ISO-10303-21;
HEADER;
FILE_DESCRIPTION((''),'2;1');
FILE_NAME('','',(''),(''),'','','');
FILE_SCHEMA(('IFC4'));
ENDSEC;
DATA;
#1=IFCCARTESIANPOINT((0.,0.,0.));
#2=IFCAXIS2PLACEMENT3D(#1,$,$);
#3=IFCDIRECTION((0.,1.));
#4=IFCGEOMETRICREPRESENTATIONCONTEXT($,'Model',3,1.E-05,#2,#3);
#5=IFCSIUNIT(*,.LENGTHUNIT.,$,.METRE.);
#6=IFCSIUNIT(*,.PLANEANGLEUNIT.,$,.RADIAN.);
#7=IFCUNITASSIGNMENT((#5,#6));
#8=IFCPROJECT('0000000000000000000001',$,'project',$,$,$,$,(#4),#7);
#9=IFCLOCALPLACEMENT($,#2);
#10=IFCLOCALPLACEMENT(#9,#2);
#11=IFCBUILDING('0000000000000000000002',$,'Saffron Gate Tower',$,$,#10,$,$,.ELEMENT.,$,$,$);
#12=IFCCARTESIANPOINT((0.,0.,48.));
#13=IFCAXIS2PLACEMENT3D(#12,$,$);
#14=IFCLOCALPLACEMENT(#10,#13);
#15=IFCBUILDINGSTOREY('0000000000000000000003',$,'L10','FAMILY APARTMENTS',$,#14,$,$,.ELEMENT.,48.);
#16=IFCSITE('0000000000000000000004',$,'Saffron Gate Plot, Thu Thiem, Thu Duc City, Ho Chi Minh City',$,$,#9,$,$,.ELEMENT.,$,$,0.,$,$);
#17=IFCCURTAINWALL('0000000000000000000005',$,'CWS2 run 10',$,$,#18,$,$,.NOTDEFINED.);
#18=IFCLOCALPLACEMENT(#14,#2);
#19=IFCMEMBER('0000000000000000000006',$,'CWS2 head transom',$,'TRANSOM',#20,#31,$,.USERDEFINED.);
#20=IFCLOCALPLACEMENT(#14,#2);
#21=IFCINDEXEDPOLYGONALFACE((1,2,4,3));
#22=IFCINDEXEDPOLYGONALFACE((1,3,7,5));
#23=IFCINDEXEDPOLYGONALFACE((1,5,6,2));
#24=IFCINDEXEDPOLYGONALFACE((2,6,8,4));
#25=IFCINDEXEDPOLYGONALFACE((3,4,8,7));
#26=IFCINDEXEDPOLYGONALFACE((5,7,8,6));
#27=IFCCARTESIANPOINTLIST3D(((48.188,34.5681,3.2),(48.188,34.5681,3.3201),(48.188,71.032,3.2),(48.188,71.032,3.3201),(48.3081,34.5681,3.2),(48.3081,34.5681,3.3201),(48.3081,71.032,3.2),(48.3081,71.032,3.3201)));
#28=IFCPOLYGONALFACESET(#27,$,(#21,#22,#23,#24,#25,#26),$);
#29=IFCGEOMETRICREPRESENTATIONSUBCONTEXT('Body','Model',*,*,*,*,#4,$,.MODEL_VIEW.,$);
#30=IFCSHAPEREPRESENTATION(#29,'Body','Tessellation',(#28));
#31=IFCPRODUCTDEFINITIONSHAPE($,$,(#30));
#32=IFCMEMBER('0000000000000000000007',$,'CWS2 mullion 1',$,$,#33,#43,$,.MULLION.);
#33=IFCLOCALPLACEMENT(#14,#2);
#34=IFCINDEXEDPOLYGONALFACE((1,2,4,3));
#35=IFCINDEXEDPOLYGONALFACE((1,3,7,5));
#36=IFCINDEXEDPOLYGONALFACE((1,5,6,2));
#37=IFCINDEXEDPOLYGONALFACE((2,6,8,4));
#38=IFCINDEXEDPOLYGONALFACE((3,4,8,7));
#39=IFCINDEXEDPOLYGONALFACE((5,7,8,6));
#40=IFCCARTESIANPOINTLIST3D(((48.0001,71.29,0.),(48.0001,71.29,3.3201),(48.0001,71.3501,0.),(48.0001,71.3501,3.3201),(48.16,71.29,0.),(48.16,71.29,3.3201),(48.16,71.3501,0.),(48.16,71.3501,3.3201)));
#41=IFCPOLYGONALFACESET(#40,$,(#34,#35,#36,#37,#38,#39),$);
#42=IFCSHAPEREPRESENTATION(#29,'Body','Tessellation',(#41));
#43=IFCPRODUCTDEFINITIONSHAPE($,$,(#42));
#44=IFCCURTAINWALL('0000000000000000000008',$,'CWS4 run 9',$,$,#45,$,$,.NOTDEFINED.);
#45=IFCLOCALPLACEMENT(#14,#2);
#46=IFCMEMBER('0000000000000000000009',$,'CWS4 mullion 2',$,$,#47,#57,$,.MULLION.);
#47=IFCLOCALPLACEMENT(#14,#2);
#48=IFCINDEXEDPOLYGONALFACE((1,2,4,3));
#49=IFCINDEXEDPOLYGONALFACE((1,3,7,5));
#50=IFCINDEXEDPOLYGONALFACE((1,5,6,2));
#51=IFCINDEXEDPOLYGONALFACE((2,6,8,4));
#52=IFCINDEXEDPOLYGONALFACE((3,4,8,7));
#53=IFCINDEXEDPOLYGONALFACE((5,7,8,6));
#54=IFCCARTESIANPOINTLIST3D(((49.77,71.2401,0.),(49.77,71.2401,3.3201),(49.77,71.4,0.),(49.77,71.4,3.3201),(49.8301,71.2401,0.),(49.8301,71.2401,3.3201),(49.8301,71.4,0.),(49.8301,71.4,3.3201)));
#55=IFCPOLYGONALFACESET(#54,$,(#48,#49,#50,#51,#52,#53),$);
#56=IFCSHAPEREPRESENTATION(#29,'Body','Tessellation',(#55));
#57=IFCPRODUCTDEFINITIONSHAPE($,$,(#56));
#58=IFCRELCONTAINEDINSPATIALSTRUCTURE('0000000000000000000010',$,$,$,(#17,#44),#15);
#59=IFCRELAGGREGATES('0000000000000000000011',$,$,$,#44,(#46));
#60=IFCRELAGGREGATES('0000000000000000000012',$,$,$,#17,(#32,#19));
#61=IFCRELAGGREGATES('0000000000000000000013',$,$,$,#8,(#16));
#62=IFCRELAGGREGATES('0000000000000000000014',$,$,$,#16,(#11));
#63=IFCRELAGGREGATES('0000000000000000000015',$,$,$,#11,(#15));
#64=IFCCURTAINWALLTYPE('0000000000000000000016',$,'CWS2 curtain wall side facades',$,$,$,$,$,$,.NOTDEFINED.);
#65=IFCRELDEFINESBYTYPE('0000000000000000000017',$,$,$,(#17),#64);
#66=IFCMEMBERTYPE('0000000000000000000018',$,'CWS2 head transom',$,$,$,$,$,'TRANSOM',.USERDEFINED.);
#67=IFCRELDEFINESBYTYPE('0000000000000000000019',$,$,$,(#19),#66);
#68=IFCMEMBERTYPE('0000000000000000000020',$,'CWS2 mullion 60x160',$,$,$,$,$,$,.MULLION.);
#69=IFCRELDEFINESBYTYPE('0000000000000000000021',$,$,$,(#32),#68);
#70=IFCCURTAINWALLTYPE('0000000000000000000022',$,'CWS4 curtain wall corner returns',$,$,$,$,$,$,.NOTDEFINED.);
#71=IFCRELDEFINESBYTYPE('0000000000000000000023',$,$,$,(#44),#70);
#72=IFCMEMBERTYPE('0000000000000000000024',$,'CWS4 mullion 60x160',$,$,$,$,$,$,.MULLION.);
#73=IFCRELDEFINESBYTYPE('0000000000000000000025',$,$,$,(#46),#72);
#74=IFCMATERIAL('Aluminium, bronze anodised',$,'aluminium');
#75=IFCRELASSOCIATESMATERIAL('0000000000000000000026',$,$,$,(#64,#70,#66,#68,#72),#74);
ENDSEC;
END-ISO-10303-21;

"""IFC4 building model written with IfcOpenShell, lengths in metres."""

from ifc_helpers import new_model, si_unit, direction, frame, origin, origin_2d, place, context, subcontext, project, spatial, rectangle, extrude, material, material_profile, profile_set, type_object, element, aggregate, save


model = new_model("IFC4")

# Units and contexts
model_context = context("Model", 3, precision=1e-05, world=origin(), true_north=direction((0.0, 1.0)))
body_context = subcontext(model_context, "Body", "Model", "MODEL_VIEW")
ifc_project = project(units=[si_unit("LENGTHUNIT", "METRE"), si_unit("PLANEANGLEUNIT", "RADIAN")], contexts=[model_context])

# Site, building, storey
site_placement = place(None, origin())
site = spatial("IfcSite", under=ifc_project, at=site_placement, Name="Saffron Gate Plot, Thu Thiem, Thu Duc City, Ho Chi Minh City", CompositionType="ELEMENT", RefElevation=0.0)
building_placement = place(site_placement, origin())
building = spatial("IfcBuilding", under=site, at=building_placement, Name="Saffron Gate Tower", CompositionType="ELEMENT")
storey_placement = place(building_placement, frame((0.0, 0.0, 48.0)))
storey = spatial("IfcBuildingStorey", under=building, at=storey_placement, Name="L10", Description="FAMILY APARTMENTS", CompositionType="ELEMENT", Elevation=48.0)

# Curtain wall, members
ifc_material_1 = material(Name="Aluminium, bronze anodised", Category="aluminium")
curtain_wall_type_1 = type_object("IfcCurtainWallType", Name="CWS2 curtain wall side facades", PredefinedType="NOTDEFINED", material=ifc_material_1)
curtain_wall_1_placement = place(storey_placement, origin())
curtain_wall_1 = element("IfcCurtainWall", 1, at=curtain_wall_1_placement, inside=storey, type_object=curtain_wall_type_1, Name="CWS2 run 10", PredefinedType="NOTDEFINED")
ifc_material_profile_1 = material_profile(ifc_material_1, rectangle(XDim=0.1201, YDim=0.1201, at=origin_2d()))
ifc_profile_set_1 = profile_set([ifc_material_profile_1], Name="Aluminium, bronze anodised")
member_type_1 = type_object("IfcMemberType", Name="CWS2 head transom", ElementType="TRANSOM", PredefinedType="USERDEFINED", material=ifc_profile_set_1)
member_1_placement = place(storey_placement, frame((48.248, 71.032, 3.26), z_axis=(0.0, -1.0, 0.0), x_axis=(1.0, 0.0, 0.0)))
member_1 = element("IfcMember", 2, at=member_1_placement, type_object=member_type_1, Name="CWS2 head transom", ObjectType="TRANSOM", PredefinedType="USERDEFINED", context=body_context, shape_type="SweptSolid", body=[
    extrude(rectangle(XDim=0.1201, YDim=0.1201, at=origin_2d()), origin(), (0.0, 0.0, 1.0), 36.4639),
])
ifc_material_profile_2 = material_profile(ifc_material_1, rectangle(XDim=0.1599, YDim=0.0601, at=origin_2d()))
ifc_profile_set_2 = profile_set([ifc_material_profile_2], Name="Aluminium, bronze anodised")
member_type_2 = type_object("IfcMemberType", Name="CWS2 mullion 60x160", PredefinedType="MULLION", material=ifc_profile_set_2)
member_2_placement = place(storey_placement, frame((48.0801, 71.3201, 0.0), z_axis=(0.0, 0.0, 1.0), x_axis=(1.0, 0.0, 0.0)))
member_2 = element("IfcMember", 3, at=member_2_placement, type_object=member_type_2, Name="CWS2 mullion 1", PredefinedType="MULLION", context=body_context, shape_type="SweptSolid", body=[
    extrude(rectangle(XDim=0.1599, YDim=0.0601, at=origin_2d()), origin(), (0.0, 0.0, 1.0), 3.3201),
])

# Curtain wall, member
curtain_wall_type_2 = type_object("IfcCurtainWallType", Name="CWS4 curtain wall corner returns", PredefinedType="NOTDEFINED", material=ifc_material_1)
curtain_wall_2_placement = place(storey_placement, origin())
curtain_wall_2 = element("IfcCurtainWall", 4, at=curtain_wall_2_placement, inside=storey, type_object=curtain_wall_type_2, Name="CWS4 run 9", PredefinedType="NOTDEFINED")
ifc_material_profile_3 = material_profile(ifc_material_1, rectangle(XDim=0.1599, YDim=0.0601, at=origin_2d()))
ifc_profile_set_3 = profile_set([ifc_material_profile_3], Name="Aluminium, bronze anodised")
member_type_3 = type_object("IfcMemberType", Name="CWS4 mullion 60x160", PredefinedType="MULLION", material=ifc_profile_set_3)
member_3_placement = place(storey_placement, frame((49.8, 71.3201, 0.0), z_axis=(0.0, 0.0, 1.0), x_axis=(0.0, -1.0, 0.0)))
member_3 = element("IfcMember", 5, at=member_3_placement, type_object=member_type_3, Name="CWS4 mullion 2", PredefinedType="MULLION", context=body_context, shape_type="SweptSolid", body=[
    extrude(rectangle(XDim=0.1599, YDim=0.0601, at=origin_2d()), origin(), (0.0, 0.0, 1.0), 3.3201),
])
aggregate(curtain_wall_2, [member_3])

aggregate(curtain_wall_1, [member_2, member_1])

save(model, "model.ifc")
